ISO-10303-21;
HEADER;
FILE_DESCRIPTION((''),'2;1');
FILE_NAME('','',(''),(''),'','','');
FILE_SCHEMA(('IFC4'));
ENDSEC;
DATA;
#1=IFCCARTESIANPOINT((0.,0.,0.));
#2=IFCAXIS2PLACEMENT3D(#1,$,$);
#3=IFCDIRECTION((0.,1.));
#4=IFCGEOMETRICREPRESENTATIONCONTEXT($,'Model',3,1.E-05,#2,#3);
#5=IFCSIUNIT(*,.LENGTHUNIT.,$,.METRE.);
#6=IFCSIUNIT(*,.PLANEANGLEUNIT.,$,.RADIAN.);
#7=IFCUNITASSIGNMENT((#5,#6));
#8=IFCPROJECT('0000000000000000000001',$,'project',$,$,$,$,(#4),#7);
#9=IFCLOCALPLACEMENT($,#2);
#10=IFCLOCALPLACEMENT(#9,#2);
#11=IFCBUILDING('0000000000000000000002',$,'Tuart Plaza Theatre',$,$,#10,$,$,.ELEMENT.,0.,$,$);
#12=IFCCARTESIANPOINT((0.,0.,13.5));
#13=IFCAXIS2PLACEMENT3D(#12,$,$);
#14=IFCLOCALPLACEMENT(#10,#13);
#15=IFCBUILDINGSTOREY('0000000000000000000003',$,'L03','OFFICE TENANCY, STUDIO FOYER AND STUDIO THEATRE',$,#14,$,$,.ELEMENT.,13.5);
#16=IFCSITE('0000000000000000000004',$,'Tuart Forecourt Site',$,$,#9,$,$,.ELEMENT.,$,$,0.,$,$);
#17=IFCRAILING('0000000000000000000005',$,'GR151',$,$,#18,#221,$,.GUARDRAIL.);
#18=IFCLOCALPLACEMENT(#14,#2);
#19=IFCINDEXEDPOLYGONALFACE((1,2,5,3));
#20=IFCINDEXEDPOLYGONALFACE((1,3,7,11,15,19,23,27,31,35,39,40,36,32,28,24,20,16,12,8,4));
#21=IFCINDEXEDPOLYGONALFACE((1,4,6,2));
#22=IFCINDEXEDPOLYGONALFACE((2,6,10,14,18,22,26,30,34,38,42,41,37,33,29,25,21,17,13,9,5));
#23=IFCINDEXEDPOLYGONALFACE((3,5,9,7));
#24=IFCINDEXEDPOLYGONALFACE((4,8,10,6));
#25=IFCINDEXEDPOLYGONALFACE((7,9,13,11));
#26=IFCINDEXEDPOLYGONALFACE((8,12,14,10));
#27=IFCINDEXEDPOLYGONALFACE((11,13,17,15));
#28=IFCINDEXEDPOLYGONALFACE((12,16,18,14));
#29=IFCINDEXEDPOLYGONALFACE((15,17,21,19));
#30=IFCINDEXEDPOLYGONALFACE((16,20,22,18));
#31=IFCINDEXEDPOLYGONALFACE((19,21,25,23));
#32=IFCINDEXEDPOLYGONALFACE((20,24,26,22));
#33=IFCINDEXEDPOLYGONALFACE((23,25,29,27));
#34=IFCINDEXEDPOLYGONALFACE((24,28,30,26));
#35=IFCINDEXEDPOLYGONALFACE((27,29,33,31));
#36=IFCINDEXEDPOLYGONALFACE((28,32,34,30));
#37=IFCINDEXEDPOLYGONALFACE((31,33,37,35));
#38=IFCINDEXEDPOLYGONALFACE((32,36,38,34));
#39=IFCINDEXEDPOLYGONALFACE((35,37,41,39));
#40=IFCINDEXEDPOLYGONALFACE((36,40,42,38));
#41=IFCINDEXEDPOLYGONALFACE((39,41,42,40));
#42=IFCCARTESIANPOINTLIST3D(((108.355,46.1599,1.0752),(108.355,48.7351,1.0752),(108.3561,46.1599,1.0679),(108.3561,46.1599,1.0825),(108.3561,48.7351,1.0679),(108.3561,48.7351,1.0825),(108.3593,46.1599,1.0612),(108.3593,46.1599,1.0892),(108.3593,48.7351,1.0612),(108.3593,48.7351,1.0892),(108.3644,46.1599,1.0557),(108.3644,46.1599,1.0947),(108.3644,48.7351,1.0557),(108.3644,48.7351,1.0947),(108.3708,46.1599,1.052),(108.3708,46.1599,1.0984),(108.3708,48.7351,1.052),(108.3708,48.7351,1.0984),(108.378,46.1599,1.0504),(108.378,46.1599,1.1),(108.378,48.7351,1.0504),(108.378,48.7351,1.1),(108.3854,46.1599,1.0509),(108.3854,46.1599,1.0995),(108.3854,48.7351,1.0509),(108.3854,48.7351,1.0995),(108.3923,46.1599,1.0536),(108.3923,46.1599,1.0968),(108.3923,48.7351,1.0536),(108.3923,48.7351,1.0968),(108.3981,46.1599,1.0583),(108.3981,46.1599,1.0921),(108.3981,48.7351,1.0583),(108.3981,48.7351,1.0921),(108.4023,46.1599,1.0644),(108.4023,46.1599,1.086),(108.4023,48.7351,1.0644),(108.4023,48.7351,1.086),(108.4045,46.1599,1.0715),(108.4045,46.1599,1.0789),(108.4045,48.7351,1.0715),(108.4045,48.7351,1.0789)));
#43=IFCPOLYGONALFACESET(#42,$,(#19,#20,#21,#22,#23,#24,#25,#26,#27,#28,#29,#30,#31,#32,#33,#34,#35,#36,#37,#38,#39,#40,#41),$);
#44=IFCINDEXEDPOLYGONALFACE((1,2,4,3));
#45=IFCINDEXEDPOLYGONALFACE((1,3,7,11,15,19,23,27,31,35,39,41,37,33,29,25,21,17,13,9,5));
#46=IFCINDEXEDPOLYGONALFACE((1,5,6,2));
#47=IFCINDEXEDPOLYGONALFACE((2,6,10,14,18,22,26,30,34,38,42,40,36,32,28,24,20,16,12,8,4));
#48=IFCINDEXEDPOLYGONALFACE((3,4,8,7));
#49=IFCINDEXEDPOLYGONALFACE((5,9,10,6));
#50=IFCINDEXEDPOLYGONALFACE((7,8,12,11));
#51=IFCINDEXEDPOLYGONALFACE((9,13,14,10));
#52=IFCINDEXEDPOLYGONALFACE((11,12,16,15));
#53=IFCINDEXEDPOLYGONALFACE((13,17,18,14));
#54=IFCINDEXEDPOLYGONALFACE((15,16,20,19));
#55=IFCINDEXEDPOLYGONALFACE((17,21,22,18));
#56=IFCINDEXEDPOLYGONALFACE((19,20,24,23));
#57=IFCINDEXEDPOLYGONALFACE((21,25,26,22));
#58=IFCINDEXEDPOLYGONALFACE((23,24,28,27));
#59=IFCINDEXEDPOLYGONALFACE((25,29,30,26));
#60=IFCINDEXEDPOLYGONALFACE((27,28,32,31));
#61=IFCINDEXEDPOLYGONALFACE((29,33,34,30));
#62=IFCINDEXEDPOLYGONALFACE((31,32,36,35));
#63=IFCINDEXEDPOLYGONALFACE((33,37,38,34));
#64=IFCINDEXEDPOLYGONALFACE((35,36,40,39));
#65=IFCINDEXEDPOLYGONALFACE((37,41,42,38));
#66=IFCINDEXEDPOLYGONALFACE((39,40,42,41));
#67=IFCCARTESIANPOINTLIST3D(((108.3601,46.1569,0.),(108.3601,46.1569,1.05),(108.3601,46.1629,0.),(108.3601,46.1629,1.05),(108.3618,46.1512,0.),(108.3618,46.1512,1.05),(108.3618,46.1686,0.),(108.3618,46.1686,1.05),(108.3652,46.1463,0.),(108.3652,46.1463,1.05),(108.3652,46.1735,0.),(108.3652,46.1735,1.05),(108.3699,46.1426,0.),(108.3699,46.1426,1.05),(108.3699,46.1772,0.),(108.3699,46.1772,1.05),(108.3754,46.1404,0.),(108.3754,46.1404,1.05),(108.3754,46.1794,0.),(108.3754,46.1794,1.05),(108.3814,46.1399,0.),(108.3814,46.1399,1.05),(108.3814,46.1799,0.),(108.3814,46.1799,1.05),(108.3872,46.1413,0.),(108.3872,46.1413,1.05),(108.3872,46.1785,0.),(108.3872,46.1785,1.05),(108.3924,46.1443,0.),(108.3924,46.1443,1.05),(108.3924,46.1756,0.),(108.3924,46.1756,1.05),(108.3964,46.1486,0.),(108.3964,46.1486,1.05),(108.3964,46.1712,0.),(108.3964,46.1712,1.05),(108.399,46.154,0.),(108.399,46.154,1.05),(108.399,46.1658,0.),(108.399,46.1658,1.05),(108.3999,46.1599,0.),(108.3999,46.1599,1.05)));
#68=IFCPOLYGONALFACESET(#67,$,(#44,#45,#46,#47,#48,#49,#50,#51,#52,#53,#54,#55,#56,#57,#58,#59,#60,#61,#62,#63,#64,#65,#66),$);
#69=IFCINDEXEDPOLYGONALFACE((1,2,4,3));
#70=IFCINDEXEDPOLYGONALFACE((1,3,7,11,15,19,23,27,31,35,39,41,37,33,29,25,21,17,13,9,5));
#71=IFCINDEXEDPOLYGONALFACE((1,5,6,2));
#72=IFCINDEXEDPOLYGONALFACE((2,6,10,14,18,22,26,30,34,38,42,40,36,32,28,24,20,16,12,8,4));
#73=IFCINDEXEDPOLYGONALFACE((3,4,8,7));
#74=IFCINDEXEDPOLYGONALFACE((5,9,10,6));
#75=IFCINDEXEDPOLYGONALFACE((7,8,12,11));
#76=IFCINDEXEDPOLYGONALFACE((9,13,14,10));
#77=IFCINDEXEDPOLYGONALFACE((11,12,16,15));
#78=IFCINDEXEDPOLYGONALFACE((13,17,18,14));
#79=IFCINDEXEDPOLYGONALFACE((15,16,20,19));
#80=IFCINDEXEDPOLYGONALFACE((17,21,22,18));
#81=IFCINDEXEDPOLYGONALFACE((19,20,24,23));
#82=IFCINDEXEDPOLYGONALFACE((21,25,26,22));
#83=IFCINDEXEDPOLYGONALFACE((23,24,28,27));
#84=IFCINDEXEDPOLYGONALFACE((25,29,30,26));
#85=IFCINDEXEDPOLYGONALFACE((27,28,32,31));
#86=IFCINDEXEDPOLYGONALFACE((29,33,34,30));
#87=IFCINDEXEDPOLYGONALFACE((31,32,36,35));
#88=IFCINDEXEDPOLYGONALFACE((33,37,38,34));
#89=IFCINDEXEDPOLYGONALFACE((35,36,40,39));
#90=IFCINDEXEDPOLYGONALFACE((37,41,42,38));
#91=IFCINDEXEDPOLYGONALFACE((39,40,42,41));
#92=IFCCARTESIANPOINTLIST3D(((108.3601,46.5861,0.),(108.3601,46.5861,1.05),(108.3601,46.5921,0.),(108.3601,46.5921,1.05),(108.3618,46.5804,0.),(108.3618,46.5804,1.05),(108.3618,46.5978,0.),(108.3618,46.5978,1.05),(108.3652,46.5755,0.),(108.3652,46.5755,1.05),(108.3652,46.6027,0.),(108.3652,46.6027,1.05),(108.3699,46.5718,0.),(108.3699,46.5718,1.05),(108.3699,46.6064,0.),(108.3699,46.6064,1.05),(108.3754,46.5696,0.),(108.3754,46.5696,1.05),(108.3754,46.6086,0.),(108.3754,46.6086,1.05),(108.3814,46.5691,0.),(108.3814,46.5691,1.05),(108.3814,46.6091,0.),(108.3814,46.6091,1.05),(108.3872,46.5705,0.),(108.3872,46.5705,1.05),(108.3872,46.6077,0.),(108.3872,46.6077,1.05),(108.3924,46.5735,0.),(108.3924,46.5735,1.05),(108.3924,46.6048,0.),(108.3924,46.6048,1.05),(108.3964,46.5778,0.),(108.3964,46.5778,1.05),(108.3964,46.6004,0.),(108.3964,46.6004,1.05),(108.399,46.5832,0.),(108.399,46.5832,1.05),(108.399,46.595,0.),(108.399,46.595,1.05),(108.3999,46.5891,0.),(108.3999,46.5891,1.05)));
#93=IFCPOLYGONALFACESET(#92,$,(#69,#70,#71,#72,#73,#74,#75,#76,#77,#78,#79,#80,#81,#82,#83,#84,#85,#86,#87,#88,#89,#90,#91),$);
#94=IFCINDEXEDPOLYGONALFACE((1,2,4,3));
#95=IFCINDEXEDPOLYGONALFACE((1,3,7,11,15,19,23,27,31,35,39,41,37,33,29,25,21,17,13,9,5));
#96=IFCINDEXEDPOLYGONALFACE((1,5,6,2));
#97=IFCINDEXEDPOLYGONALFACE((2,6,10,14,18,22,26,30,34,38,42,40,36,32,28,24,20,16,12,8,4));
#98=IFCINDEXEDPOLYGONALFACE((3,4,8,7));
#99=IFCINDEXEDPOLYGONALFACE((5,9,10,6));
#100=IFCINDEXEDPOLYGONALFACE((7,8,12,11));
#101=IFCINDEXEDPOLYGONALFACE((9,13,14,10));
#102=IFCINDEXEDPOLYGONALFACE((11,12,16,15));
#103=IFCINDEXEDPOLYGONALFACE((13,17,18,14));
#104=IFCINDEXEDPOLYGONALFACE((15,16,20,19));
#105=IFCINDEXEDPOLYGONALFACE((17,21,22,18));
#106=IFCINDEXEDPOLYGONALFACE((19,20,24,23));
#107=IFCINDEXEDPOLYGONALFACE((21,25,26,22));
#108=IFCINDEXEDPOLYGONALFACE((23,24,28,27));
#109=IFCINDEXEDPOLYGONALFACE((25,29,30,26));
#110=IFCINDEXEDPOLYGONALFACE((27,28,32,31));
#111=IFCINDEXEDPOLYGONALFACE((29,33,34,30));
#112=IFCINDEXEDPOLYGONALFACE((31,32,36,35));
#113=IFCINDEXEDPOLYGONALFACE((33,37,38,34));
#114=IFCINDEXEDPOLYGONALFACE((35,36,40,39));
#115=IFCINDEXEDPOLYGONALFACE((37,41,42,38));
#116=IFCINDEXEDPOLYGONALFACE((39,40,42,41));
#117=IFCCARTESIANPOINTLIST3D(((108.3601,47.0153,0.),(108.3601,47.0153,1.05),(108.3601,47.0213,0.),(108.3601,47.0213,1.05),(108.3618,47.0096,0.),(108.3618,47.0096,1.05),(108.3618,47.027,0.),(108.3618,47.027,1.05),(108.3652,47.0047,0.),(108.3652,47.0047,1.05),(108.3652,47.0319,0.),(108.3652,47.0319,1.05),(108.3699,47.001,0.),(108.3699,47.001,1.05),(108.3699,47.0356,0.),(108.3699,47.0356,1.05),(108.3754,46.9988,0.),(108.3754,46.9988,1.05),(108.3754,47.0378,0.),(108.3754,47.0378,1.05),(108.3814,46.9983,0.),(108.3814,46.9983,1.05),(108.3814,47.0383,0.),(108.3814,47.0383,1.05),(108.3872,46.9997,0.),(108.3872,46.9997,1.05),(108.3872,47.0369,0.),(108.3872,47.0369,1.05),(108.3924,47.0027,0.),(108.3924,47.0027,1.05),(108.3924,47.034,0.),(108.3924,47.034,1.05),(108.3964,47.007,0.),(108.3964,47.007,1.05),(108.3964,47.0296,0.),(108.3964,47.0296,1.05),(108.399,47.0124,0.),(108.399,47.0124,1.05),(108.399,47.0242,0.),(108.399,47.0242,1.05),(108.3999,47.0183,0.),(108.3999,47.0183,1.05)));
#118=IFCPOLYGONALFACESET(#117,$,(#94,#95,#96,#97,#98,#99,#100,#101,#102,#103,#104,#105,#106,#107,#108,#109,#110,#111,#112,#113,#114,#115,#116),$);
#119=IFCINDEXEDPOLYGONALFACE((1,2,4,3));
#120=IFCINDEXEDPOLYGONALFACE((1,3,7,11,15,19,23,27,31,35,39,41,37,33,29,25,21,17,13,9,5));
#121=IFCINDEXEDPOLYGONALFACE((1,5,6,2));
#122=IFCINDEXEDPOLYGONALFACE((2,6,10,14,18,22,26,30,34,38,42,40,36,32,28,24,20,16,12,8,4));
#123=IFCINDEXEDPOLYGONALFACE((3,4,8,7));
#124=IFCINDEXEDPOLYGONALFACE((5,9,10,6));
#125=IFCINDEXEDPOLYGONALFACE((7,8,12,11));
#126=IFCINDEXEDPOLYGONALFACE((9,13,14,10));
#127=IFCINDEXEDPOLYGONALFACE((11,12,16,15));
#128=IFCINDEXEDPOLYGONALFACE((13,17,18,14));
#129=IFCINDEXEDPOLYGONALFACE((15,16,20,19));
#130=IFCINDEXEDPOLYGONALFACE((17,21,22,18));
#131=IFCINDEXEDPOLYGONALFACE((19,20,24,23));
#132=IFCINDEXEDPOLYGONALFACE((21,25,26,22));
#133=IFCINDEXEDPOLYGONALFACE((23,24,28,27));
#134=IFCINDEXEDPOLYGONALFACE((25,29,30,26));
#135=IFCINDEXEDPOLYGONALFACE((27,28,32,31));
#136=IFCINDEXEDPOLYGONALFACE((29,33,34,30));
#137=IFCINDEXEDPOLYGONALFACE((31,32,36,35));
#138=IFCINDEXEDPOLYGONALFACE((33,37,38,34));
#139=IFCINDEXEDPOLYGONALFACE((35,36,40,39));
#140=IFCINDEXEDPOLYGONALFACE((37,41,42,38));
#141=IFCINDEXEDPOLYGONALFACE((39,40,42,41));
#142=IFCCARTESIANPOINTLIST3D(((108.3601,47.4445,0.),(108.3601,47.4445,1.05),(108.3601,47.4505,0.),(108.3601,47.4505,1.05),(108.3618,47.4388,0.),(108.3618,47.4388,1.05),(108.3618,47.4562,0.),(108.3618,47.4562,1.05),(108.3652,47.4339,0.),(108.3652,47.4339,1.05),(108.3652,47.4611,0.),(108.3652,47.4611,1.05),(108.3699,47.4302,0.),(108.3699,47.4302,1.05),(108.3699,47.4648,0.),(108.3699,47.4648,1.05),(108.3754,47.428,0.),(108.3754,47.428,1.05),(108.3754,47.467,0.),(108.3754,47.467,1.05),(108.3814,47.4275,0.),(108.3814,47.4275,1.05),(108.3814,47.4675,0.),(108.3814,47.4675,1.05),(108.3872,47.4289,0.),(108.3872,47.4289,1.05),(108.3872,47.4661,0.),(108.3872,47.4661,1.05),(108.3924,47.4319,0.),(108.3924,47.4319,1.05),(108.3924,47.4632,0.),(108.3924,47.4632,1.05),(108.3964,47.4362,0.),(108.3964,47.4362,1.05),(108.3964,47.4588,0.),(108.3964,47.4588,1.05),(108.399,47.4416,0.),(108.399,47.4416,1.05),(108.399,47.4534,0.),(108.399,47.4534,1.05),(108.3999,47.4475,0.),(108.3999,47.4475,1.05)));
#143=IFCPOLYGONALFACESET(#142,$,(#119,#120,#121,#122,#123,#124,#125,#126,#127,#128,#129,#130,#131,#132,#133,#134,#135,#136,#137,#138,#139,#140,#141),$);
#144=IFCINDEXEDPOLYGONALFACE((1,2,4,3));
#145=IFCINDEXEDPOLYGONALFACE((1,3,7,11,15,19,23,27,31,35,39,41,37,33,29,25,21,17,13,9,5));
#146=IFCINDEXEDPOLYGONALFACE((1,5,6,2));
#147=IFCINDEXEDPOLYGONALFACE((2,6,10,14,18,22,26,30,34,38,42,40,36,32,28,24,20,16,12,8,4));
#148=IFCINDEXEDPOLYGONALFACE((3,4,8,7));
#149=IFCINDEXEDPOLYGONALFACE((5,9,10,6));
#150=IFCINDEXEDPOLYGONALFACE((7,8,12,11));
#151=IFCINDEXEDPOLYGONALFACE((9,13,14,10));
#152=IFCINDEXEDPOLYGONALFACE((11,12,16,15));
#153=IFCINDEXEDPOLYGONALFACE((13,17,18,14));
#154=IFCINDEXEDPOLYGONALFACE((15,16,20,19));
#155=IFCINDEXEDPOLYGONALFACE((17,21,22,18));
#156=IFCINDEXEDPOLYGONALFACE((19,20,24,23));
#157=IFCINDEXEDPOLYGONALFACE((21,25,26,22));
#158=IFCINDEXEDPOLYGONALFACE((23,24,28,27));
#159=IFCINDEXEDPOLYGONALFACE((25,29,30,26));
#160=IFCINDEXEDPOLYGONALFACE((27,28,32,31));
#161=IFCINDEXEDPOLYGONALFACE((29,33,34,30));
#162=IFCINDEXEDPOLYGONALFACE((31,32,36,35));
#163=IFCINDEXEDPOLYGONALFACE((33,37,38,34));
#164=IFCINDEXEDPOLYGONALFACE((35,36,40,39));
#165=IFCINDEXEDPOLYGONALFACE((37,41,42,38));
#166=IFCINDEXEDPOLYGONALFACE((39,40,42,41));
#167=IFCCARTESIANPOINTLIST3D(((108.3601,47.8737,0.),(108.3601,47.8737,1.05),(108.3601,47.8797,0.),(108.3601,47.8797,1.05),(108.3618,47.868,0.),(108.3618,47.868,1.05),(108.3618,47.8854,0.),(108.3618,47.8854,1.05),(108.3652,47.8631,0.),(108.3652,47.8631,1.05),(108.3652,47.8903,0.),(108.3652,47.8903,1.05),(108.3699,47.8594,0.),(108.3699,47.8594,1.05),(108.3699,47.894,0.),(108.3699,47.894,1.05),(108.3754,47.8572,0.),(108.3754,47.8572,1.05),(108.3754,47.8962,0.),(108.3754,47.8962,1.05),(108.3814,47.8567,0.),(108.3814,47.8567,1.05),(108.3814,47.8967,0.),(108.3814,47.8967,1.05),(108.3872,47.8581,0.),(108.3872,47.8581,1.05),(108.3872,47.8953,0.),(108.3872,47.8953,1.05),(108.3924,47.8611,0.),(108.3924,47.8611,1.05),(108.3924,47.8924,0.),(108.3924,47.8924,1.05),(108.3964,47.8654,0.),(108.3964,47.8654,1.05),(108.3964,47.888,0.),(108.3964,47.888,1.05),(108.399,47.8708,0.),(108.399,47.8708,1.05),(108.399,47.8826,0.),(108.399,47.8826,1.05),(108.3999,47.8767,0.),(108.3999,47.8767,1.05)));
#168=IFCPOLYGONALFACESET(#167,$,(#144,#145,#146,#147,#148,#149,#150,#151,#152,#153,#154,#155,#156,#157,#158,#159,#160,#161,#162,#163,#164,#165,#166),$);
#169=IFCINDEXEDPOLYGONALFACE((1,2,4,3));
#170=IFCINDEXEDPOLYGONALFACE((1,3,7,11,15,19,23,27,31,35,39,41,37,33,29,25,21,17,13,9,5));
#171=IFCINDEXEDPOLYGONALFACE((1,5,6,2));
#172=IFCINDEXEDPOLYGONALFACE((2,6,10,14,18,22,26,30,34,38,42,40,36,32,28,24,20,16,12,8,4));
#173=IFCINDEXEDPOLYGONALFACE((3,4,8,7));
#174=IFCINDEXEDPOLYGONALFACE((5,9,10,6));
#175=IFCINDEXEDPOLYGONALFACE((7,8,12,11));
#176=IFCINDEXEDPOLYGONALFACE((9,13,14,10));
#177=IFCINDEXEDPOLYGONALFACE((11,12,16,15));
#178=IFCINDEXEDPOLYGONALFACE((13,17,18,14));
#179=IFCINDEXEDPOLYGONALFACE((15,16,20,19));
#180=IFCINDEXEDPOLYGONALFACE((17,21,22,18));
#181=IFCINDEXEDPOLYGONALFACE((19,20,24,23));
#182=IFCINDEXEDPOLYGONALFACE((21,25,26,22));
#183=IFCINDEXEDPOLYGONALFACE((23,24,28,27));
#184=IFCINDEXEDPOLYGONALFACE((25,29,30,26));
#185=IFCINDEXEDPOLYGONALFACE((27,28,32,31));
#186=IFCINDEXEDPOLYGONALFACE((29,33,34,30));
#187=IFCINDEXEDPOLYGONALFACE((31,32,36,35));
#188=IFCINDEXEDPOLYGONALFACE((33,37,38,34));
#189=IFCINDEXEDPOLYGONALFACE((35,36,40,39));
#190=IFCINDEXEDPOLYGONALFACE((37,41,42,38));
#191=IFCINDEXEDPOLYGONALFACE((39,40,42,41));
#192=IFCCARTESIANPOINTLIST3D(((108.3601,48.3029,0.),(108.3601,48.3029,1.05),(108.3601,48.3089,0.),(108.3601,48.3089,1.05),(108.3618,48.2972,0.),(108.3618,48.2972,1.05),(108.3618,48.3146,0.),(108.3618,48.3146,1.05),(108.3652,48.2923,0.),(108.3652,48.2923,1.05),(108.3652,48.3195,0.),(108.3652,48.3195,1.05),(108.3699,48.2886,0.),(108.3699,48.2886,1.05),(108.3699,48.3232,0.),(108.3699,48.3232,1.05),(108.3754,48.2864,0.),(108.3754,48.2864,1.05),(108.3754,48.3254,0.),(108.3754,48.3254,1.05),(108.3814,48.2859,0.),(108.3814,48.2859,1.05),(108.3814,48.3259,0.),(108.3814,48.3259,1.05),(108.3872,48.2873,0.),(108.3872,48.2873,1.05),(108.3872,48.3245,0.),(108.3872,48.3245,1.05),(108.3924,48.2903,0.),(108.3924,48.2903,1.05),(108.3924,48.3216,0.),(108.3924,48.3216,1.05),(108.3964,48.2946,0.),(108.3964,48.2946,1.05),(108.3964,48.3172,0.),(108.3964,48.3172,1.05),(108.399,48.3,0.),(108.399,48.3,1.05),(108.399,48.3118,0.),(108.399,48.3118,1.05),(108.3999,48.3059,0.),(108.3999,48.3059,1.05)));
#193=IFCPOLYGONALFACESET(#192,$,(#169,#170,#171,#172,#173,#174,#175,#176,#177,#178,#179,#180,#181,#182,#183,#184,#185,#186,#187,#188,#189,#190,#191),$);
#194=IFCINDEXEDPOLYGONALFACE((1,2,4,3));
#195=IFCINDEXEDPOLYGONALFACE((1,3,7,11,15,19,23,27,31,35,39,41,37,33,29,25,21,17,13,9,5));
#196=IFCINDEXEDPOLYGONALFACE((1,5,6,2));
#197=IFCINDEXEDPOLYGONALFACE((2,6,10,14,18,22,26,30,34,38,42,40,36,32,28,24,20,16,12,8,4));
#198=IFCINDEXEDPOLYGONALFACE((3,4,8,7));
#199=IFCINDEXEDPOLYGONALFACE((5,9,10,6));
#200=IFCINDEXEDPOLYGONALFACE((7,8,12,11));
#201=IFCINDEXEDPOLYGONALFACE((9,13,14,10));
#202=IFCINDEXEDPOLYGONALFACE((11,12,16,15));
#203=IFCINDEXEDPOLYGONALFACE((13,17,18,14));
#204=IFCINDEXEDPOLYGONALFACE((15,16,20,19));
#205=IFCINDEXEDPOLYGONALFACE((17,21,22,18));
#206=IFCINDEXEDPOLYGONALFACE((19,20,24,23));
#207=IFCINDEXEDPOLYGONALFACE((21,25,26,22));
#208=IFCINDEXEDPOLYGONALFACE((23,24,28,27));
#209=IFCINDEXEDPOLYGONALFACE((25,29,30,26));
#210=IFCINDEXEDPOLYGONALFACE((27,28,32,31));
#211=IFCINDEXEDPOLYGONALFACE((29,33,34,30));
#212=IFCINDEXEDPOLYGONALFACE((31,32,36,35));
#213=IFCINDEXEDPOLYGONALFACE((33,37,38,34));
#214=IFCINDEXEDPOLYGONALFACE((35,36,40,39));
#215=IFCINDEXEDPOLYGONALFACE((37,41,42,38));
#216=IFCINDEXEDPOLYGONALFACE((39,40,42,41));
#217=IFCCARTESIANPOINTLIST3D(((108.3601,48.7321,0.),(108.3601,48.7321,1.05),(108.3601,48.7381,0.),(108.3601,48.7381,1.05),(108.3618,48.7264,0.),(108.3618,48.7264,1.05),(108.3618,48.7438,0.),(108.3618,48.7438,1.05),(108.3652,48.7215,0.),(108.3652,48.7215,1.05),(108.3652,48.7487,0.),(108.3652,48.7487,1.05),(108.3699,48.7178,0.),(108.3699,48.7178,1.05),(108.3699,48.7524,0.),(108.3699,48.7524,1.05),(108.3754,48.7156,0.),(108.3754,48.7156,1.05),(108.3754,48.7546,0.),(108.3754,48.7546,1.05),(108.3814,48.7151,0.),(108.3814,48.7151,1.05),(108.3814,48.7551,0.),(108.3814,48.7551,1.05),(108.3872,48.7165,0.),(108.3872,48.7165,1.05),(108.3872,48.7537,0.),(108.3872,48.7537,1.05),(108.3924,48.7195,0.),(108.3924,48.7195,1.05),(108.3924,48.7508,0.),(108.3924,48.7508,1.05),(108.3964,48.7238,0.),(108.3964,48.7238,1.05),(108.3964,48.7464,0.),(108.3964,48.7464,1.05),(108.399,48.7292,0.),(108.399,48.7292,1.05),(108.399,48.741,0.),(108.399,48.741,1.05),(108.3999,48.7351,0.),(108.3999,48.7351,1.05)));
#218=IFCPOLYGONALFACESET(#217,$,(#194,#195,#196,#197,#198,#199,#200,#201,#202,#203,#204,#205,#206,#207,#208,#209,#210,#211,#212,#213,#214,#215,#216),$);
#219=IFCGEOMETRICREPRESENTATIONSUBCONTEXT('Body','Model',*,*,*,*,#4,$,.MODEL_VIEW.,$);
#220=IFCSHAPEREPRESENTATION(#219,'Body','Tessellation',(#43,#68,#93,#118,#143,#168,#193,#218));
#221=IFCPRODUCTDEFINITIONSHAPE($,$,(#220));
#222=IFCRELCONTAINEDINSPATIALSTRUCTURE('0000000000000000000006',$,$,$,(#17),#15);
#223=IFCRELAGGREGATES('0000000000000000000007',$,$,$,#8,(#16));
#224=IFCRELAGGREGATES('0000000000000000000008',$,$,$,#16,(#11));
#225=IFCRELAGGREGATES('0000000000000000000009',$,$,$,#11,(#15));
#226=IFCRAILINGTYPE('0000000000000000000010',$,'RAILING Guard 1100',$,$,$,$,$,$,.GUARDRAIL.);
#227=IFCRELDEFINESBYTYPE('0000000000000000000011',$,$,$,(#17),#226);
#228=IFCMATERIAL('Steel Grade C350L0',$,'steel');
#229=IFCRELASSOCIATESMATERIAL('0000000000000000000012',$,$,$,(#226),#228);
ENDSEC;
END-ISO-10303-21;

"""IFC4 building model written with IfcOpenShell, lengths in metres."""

from ifc_helpers import new_model, si_unit, direction, frame, origin, origin_2d, place, context, subcontext, project, spatial, circle, extrude, material, type_object, element, save


model = new_model("IFC4")

# Units and contexts
model_context = context("Model", 3, precision=1e-05, world=origin(), true_north=direction((0.0, 1.0)))
body_context = subcontext(model_context, "Body", "Model", "MODEL_VIEW")
ifc_project = project(units=[si_unit("LENGTHUNIT", "METRE"), si_unit("PLANEANGLEUNIT", "RADIAN")], contexts=[model_context])

# Site, building, storey
site_placement = place(None, origin())
site = spatial("IfcSite", under=ifc_project, at=site_placement, Name="Tuart Forecourt Site", CompositionType="ELEMENT", RefElevation=0.0)
building_placement = place(site_placement, origin())
building = spatial("IfcBuilding", under=site, at=building_placement, Name="Tuart Plaza Theatre", CompositionType="ELEMENT", ElevationOfRefHeight=0.0)
storey_placement = place(building_placement, frame((0.0, 0.0, 13.5)))
storey = spatial("IfcBuildingStorey", under=building, at=storey_placement, Name="L03", Description="OFFICE TENANCY, STUDIO FOYER AND STUDIO THEATRE", CompositionType="ELEMENT", Elevation=13.5)

# Railing
ifc_material_1 = material(Name="Steel Grade C350L0", Category="steel")
railing_type_1 = type_object("IfcRailingType", Name="RAILING Guard 1100", PredefinedType="GUARDRAIL", material=ifc_material_1)
railing_1_placement = place(storey_placement, frame((108.3799, 46.1599, 0.0)))
element("IfcRailing", 1, at=railing_1_placement, inside=storey, type_object=railing_type_1, Name="GR151", PredefinedType="GUARDRAIL", context=body_context, shape_type="SweptSolid", body=[
    extrude(circle(Radius=0.0249, at=origin_2d()), frame((0.0, 0.0, 1.0752), z_axis=(0.0, 1.0, 0.0), x_axis=(-1.0, 0.0, 0.0)), (0.0, 0.0, 1.0), 2.5752),
    extrude(circle(Radius=0.02, at=origin_2d()), origin(), (0.0, 0.0, 1.0), 1.05),
    extrude(circle(Radius=0.02, at=origin_2d()), frame((0.0, 0.4292, 0.0)), (0.0, 0.0, 1.0), 1.05),
    extrude(circle(Radius=0.02, at=origin_2d()), frame((0.0, 0.8584, 0.0)), (0.0, 0.0, 1.0), 1.05),
    extrude(circle(Radius=0.02, at=origin_2d()), frame((0.0, 1.2876, 0.0)), (0.0, 0.0, 1.0), 1.05),
    extrude(circle(Radius=0.02, at=origin_2d()), frame((0.0, 1.7168, 0.0)), (0.0, 0.0, 1.0), 1.05),
    extrude(circle(Radius=0.02, at=origin_2d()), frame((0.0, 2.146, 0.0)), (0.0, 0.0, 1.0), 1.05),
    extrude(circle(Radius=0.02, at=origin_2d()), frame((0.0, 2.5752, 0.0)), (0.0, 0.0, 1.0), 1.05),
])

save(model, "model.ifc")
